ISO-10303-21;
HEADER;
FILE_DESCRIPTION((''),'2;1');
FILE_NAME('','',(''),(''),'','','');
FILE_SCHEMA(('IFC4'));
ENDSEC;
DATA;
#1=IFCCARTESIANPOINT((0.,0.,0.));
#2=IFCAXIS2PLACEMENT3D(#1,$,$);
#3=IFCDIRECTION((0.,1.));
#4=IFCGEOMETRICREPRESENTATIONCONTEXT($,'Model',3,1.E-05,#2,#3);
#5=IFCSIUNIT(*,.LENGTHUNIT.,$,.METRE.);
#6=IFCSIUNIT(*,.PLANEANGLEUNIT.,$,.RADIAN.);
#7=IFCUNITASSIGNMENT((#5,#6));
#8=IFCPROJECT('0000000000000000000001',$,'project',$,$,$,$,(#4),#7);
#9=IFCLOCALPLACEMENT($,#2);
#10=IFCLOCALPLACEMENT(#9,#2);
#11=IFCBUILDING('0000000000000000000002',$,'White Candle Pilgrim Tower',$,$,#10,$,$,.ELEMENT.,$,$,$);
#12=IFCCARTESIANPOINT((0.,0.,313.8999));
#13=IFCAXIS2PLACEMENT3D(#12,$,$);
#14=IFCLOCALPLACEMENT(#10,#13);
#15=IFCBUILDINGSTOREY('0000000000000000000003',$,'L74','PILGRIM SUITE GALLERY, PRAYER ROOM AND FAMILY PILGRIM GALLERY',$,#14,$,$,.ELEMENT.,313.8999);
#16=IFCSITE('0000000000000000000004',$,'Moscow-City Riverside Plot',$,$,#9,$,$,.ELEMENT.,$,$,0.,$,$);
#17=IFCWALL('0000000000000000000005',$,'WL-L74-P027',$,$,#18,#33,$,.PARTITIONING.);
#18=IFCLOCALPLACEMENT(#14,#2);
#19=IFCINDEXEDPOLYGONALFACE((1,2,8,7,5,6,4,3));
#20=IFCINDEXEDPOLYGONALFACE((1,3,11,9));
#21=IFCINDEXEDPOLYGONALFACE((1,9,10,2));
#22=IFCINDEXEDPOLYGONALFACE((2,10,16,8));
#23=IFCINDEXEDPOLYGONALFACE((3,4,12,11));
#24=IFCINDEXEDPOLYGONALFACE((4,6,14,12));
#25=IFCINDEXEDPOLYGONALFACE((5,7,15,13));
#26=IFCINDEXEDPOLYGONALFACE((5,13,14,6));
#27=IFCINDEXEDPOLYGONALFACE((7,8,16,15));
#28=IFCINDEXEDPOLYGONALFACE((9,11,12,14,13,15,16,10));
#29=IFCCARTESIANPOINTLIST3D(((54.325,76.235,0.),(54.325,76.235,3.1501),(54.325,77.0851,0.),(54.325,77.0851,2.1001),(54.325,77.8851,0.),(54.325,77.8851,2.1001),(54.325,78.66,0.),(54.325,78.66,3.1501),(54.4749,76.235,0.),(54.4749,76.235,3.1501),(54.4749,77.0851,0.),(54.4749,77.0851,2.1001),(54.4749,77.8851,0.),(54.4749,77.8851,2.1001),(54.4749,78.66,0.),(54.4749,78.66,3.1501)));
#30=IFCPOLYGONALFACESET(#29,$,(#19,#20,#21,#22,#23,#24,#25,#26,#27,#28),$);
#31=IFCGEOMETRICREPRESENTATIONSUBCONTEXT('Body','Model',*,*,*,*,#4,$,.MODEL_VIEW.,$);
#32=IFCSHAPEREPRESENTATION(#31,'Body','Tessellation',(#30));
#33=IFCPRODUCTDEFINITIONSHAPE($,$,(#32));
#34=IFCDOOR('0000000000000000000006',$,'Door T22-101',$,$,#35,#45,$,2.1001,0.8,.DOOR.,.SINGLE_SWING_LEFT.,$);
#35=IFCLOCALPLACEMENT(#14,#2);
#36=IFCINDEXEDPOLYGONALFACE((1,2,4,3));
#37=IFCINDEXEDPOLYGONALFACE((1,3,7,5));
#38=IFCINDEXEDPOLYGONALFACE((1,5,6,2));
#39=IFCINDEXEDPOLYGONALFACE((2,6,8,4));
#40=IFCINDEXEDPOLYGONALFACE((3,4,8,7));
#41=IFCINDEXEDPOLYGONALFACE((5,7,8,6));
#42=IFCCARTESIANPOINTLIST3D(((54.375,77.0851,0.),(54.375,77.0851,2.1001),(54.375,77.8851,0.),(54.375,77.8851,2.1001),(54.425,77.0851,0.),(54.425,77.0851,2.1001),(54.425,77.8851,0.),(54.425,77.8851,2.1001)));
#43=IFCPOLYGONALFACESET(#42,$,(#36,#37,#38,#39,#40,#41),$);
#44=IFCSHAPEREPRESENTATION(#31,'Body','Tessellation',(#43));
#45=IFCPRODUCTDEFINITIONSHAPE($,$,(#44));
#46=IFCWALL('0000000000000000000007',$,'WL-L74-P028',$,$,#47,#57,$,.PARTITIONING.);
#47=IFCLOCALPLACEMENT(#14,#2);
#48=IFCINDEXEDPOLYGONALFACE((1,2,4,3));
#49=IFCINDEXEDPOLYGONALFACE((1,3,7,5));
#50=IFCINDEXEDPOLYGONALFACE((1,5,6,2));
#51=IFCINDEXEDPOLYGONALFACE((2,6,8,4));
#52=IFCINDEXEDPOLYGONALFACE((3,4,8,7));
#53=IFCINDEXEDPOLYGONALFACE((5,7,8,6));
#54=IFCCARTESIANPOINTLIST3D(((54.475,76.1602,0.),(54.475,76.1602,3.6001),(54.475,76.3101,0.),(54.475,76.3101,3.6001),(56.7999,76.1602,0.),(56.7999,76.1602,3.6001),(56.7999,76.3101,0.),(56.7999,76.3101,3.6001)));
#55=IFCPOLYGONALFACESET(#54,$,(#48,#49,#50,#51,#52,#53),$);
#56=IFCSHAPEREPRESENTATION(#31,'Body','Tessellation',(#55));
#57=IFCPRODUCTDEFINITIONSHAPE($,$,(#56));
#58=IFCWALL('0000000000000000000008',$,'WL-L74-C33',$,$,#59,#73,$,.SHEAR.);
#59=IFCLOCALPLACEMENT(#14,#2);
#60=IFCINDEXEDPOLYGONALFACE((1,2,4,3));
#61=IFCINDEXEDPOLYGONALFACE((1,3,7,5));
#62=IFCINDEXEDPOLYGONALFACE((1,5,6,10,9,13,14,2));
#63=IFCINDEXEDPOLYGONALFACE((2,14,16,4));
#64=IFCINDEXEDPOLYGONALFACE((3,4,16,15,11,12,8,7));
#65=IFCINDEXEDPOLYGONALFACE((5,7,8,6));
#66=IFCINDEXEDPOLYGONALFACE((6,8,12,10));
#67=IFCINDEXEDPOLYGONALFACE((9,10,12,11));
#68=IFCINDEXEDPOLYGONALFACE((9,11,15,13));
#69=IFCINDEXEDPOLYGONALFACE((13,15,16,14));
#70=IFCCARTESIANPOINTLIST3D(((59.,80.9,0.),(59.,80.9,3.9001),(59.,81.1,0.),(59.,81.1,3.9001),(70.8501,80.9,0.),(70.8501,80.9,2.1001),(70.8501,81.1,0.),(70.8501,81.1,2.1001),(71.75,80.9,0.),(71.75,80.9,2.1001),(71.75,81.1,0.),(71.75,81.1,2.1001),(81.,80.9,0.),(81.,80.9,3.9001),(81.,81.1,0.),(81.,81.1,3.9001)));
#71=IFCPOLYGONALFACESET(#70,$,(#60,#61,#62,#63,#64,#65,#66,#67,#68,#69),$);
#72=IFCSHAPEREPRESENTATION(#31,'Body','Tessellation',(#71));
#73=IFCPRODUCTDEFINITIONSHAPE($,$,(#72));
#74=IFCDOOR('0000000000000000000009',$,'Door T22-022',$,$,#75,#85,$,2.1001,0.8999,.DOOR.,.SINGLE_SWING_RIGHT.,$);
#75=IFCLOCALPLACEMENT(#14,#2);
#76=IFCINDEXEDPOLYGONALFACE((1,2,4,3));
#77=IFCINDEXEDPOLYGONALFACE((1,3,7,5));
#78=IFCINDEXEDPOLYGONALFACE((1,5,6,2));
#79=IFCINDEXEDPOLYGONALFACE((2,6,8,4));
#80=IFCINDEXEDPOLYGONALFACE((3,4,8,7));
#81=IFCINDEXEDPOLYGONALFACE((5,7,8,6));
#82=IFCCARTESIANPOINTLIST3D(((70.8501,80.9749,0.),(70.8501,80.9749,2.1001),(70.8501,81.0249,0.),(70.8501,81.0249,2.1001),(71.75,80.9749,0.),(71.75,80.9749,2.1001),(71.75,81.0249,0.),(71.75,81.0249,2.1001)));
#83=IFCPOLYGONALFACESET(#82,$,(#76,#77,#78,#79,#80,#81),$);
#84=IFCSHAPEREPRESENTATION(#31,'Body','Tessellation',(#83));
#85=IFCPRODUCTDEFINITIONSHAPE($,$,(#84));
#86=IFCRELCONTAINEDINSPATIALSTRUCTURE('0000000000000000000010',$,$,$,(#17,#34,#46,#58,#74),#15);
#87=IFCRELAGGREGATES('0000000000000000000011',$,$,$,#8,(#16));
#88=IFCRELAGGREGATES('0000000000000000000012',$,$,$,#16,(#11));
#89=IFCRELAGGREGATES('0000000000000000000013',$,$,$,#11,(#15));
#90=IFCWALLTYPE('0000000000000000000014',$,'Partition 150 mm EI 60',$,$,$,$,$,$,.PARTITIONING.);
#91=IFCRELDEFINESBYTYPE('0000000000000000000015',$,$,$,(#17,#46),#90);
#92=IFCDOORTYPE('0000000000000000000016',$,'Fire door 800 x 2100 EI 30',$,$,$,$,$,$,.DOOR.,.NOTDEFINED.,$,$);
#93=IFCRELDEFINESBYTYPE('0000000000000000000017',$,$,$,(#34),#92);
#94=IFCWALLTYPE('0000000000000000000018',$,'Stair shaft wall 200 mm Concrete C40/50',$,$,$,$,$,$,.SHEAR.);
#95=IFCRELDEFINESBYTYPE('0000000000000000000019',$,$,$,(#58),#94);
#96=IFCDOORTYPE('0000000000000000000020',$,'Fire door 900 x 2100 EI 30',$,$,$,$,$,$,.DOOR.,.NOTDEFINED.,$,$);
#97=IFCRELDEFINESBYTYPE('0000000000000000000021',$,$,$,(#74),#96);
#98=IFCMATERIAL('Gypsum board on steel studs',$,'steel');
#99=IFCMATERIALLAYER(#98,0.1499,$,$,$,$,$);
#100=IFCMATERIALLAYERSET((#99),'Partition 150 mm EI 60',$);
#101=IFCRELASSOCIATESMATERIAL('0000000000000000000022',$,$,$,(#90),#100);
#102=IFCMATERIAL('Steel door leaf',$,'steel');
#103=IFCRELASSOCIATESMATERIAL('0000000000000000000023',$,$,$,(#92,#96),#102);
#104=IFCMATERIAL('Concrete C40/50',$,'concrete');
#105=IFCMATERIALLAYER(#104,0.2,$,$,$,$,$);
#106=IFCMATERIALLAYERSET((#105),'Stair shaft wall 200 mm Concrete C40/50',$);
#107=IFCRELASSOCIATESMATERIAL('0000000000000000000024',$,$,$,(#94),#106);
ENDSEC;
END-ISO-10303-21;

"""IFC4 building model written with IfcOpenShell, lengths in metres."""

from ifc_helpers import new_model, si_unit, direction, frame, frame_2d, origin, place, context, subcontext, project, spatial, rectangle, extrude, material, layer, layer_set, type_object, element, fill, save


model = new_model("IFC4")

# Units and contexts
model_context = context("Model", 3, precision=1e-05, world=origin(), true_north=direction((0.0, 1.0)))
body_context = subcontext(model_context, "Body", "Model", "MODEL_VIEW")
ifc_project = project(units=[si_unit("LENGTHUNIT", "METRE"), si_unit("PLANEANGLEUNIT", "RADIAN")], contexts=[model_context])

# Site, building, storey
site_placement = place(None, origin())
site = spatial("IfcSite", under=ifc_project, at=site_placement, Name="Moscow-City Riverside Plot", CompositionType="ELEMENT", RefElevation=0.0)
building_placement = place(site_placement, origin())
building = spatial("IfcBuilding", under=site, at=building_placement, Name="White Candle Pilgrim Tower", CompositionType="ELEMENT")
storey_placement = place(building_placement, frame((0.0, 0.0, 313.8999)))
storey = spatial("IfcBuildingStorey", under=building, at=storey_placement, Name="L74", Description="PILGRIM SUITE GALLERY, PRAYER ROOM AND FAMILY PILGRIM GALLERY", CompositionType="ELEMENT", Elevation=313.8999)

# Shared definitions
ifc_material_1 = material(Name="Concrete C40/50", Category="concrete")

# Shared definitions
ifc_material_2 = material(Name="Gypsum board on steel studs", Category="steel")
ifc_layer_1 = layer(ifc_material_2, 0.1499)
ifc_layer_set_1 = layer_set([ifc_layer_1], Name="Partition 150 mm EI 60")
wall_type_1 = type_object("IfcWallType", Name="Partition 150 mm EI 60", PredefinedType="PARTITIONING", material=ifc_layer_set_1)

# Wall, opening, door
wall_1_placement = place(storey_placement, frame((54.3999, 76.2351, 0.0), z_axis=(0.0, 0.0, 1.0), x_axis=(0.0, 1.0, 0.0)))
wall_1 = element("IfcWall", 1, at=wall_1_placement, inside=storey, type_object=wall_type_1, Name="WL-L74-P027", PredefinedType="PARTITIONING", context=body_context, shape_type="SweptSolid", body=[
    extrude(rectangle(XDim=2.425, YDim=0.1499, at=frame_2d((1.2124, 0.0))), origin(), (0.0, 0.0, 1.0), 3.1501),
])
opening_1_placement = place(wall_1_placement, frame((0.8501, 0.0, 0.0)))
opening_1 = element("IfcOpeningElement", 2, at=opening_1_placement, cuts=wall_1, PredefinedType="OPENING", context=body_context, shape_type="SweptSolid", body=[
    extrude(rectangle(XDim=0.8, YDim=2.1001, at=frame_2d((0.3999, 1.05))), frame((0.0, 0.085, 0.0), z_axis=(0.0, -1.0, 0.0), x_axis=(1.0, 0.0, 0.0)), (0.0, 0.0, 1.0), 0.1699),
])
ifc_material_3 = material(Name="Steel door leaf", Category="steel")
door_type_1 = type_object("IfcDoorType", Name="Fire door 800 x 2100 EI 30", OperationType="NOTDEFINED", PredefinedType="DOOR", material=ifc_material_3)
door_1_placement = place(opening_1_placement, origin())
door_1 = element("IfcDoor", 3, at=door_1_placement, inside=storey, type_object=door_type_1, Name="Door T22-101", OperationType="SINGLE_SWING_LEFT", OverallHeight=2.1001, OverallWidth=0.8, PredefinedType="DOOR", context=body_context, shape_type="SweptSolid", body=[
    extrude(rectangle(XDim=0.8, YDim=2.1001, at=frame_2d((0.3999, 1.05))), frame((0.0, 0.0249, 0.0), z_axis=(0.0, -1.0, 0.0), x_axis=(1.0, 0.0, 0.0)), (0.0, 0.0, 1.0), 0.05),
])
fill(opening_1, door_1)

# Wall
wall_2_placement = place(storey_placement, frame((56.8, 76.2351, 0.0), z_axis=(0.0, 0.0, 1.0), x_axis=(-1.0, 0.0, 0.0)))
element("IfcWall", 4, at=wall_2_placement, inside=storey, type_object=wall_type_1, Name="WL-L74-P028", PredefinedType="PARTITIONING", context=body_context, shape_type="SweptSolid", body=[
    extrude(rectangle(XDim=2.325, YDim=0.1499, at=frame_2d((1.1626, 0.0))), origin(), (0.0, 0.0, 1.0), 3.6001),
])

# Wall, opening, door
ifc_layer_2 = layer(ifc_material_1, 0.2)
ifc_layer_set_2 = layer_set([ifc_layer_2], Name="Stair shaft wall 200 mm Concrete C40/50")
wall_type_2 = type_object("IfcWallType", Name="Stair shaft wall 200 mm Concrete C40/50", PredefinedType="SHEAR", material=ifc_layer_set_2)
wall_3_placement = place(storey_placement, frame((59.0, 81.0, 0.0), z_axis=(0.0, 0.0, 1.0), x_axis=(1.0, 0.0, 0.0)))
wall_3 = element("IfcWall", 5, at=wall_3_placement, inside=storey, type_object=wall_type_2, Name="WL-L74-C33", PredefinedType="SHEAR", context=body_context, shape_type="SweptSolid", body=[
    extrude(rectangle(XDim=22.0, YDim=0.2, at=frame_2d((11.0, 0.0))), origin(), (0.0, 0.0, 1.0), 3.9001),
])
opening_2_placement = place(wall_3_placement, frame((11.8501, 0.0, 0.0)))
opening_2 = element("IfcOpeningElement", 6, at=opening_2_placement, cuts=wall_3, PredefinedType="OPENING", context=body_context, shape_type="SweptSolid", body=[
    extrude(rectangle(XDim=0.8999, YDim=2.1001, at=frame_2d((0.45, 1.05))), frame((0.0, 0.1099, 0.0), z_axis=(0.0, -1.0, 0.0), x_axis=(1.0, 0.0, 0.0)), (0.0, 0.0, 1.0), 0.22),
])
door_type_2 = type_object("IfcDoorType", Name="Fire door 900 x 2100 EI 30", OperationType="NOTDEFINED", PredefinedType="DOOR", material=ifc_material_3)
door_2_placement = place(opening_2_placement, origin())
door_2 = element("IfcDoor", 7, at=door_2_placement, inside=storey, type_object=door_type_2, Name="Door T22-022", OperationType="SINGLE_SWING_RIGHT", OverallHeight=2.1001, OverallWidth=0.8999, PredefinedType="DOOR", context=body_context, shape_type="SweptSolid", body=[
    extrude(rectangle(XDim=0.8999, YDim=2.1001, at=frame_2d((0.45, 1.05))), frame((0.0, 0.0249, 0.0), z_axis=(0.0, -1.0, 0.0), x_axis=(1.0, 0.0, 0.0)), (0.0, 0.0, 1.0), 0.05),
])
fill(opening_2, door_2)

save(model, "model.ifc")
